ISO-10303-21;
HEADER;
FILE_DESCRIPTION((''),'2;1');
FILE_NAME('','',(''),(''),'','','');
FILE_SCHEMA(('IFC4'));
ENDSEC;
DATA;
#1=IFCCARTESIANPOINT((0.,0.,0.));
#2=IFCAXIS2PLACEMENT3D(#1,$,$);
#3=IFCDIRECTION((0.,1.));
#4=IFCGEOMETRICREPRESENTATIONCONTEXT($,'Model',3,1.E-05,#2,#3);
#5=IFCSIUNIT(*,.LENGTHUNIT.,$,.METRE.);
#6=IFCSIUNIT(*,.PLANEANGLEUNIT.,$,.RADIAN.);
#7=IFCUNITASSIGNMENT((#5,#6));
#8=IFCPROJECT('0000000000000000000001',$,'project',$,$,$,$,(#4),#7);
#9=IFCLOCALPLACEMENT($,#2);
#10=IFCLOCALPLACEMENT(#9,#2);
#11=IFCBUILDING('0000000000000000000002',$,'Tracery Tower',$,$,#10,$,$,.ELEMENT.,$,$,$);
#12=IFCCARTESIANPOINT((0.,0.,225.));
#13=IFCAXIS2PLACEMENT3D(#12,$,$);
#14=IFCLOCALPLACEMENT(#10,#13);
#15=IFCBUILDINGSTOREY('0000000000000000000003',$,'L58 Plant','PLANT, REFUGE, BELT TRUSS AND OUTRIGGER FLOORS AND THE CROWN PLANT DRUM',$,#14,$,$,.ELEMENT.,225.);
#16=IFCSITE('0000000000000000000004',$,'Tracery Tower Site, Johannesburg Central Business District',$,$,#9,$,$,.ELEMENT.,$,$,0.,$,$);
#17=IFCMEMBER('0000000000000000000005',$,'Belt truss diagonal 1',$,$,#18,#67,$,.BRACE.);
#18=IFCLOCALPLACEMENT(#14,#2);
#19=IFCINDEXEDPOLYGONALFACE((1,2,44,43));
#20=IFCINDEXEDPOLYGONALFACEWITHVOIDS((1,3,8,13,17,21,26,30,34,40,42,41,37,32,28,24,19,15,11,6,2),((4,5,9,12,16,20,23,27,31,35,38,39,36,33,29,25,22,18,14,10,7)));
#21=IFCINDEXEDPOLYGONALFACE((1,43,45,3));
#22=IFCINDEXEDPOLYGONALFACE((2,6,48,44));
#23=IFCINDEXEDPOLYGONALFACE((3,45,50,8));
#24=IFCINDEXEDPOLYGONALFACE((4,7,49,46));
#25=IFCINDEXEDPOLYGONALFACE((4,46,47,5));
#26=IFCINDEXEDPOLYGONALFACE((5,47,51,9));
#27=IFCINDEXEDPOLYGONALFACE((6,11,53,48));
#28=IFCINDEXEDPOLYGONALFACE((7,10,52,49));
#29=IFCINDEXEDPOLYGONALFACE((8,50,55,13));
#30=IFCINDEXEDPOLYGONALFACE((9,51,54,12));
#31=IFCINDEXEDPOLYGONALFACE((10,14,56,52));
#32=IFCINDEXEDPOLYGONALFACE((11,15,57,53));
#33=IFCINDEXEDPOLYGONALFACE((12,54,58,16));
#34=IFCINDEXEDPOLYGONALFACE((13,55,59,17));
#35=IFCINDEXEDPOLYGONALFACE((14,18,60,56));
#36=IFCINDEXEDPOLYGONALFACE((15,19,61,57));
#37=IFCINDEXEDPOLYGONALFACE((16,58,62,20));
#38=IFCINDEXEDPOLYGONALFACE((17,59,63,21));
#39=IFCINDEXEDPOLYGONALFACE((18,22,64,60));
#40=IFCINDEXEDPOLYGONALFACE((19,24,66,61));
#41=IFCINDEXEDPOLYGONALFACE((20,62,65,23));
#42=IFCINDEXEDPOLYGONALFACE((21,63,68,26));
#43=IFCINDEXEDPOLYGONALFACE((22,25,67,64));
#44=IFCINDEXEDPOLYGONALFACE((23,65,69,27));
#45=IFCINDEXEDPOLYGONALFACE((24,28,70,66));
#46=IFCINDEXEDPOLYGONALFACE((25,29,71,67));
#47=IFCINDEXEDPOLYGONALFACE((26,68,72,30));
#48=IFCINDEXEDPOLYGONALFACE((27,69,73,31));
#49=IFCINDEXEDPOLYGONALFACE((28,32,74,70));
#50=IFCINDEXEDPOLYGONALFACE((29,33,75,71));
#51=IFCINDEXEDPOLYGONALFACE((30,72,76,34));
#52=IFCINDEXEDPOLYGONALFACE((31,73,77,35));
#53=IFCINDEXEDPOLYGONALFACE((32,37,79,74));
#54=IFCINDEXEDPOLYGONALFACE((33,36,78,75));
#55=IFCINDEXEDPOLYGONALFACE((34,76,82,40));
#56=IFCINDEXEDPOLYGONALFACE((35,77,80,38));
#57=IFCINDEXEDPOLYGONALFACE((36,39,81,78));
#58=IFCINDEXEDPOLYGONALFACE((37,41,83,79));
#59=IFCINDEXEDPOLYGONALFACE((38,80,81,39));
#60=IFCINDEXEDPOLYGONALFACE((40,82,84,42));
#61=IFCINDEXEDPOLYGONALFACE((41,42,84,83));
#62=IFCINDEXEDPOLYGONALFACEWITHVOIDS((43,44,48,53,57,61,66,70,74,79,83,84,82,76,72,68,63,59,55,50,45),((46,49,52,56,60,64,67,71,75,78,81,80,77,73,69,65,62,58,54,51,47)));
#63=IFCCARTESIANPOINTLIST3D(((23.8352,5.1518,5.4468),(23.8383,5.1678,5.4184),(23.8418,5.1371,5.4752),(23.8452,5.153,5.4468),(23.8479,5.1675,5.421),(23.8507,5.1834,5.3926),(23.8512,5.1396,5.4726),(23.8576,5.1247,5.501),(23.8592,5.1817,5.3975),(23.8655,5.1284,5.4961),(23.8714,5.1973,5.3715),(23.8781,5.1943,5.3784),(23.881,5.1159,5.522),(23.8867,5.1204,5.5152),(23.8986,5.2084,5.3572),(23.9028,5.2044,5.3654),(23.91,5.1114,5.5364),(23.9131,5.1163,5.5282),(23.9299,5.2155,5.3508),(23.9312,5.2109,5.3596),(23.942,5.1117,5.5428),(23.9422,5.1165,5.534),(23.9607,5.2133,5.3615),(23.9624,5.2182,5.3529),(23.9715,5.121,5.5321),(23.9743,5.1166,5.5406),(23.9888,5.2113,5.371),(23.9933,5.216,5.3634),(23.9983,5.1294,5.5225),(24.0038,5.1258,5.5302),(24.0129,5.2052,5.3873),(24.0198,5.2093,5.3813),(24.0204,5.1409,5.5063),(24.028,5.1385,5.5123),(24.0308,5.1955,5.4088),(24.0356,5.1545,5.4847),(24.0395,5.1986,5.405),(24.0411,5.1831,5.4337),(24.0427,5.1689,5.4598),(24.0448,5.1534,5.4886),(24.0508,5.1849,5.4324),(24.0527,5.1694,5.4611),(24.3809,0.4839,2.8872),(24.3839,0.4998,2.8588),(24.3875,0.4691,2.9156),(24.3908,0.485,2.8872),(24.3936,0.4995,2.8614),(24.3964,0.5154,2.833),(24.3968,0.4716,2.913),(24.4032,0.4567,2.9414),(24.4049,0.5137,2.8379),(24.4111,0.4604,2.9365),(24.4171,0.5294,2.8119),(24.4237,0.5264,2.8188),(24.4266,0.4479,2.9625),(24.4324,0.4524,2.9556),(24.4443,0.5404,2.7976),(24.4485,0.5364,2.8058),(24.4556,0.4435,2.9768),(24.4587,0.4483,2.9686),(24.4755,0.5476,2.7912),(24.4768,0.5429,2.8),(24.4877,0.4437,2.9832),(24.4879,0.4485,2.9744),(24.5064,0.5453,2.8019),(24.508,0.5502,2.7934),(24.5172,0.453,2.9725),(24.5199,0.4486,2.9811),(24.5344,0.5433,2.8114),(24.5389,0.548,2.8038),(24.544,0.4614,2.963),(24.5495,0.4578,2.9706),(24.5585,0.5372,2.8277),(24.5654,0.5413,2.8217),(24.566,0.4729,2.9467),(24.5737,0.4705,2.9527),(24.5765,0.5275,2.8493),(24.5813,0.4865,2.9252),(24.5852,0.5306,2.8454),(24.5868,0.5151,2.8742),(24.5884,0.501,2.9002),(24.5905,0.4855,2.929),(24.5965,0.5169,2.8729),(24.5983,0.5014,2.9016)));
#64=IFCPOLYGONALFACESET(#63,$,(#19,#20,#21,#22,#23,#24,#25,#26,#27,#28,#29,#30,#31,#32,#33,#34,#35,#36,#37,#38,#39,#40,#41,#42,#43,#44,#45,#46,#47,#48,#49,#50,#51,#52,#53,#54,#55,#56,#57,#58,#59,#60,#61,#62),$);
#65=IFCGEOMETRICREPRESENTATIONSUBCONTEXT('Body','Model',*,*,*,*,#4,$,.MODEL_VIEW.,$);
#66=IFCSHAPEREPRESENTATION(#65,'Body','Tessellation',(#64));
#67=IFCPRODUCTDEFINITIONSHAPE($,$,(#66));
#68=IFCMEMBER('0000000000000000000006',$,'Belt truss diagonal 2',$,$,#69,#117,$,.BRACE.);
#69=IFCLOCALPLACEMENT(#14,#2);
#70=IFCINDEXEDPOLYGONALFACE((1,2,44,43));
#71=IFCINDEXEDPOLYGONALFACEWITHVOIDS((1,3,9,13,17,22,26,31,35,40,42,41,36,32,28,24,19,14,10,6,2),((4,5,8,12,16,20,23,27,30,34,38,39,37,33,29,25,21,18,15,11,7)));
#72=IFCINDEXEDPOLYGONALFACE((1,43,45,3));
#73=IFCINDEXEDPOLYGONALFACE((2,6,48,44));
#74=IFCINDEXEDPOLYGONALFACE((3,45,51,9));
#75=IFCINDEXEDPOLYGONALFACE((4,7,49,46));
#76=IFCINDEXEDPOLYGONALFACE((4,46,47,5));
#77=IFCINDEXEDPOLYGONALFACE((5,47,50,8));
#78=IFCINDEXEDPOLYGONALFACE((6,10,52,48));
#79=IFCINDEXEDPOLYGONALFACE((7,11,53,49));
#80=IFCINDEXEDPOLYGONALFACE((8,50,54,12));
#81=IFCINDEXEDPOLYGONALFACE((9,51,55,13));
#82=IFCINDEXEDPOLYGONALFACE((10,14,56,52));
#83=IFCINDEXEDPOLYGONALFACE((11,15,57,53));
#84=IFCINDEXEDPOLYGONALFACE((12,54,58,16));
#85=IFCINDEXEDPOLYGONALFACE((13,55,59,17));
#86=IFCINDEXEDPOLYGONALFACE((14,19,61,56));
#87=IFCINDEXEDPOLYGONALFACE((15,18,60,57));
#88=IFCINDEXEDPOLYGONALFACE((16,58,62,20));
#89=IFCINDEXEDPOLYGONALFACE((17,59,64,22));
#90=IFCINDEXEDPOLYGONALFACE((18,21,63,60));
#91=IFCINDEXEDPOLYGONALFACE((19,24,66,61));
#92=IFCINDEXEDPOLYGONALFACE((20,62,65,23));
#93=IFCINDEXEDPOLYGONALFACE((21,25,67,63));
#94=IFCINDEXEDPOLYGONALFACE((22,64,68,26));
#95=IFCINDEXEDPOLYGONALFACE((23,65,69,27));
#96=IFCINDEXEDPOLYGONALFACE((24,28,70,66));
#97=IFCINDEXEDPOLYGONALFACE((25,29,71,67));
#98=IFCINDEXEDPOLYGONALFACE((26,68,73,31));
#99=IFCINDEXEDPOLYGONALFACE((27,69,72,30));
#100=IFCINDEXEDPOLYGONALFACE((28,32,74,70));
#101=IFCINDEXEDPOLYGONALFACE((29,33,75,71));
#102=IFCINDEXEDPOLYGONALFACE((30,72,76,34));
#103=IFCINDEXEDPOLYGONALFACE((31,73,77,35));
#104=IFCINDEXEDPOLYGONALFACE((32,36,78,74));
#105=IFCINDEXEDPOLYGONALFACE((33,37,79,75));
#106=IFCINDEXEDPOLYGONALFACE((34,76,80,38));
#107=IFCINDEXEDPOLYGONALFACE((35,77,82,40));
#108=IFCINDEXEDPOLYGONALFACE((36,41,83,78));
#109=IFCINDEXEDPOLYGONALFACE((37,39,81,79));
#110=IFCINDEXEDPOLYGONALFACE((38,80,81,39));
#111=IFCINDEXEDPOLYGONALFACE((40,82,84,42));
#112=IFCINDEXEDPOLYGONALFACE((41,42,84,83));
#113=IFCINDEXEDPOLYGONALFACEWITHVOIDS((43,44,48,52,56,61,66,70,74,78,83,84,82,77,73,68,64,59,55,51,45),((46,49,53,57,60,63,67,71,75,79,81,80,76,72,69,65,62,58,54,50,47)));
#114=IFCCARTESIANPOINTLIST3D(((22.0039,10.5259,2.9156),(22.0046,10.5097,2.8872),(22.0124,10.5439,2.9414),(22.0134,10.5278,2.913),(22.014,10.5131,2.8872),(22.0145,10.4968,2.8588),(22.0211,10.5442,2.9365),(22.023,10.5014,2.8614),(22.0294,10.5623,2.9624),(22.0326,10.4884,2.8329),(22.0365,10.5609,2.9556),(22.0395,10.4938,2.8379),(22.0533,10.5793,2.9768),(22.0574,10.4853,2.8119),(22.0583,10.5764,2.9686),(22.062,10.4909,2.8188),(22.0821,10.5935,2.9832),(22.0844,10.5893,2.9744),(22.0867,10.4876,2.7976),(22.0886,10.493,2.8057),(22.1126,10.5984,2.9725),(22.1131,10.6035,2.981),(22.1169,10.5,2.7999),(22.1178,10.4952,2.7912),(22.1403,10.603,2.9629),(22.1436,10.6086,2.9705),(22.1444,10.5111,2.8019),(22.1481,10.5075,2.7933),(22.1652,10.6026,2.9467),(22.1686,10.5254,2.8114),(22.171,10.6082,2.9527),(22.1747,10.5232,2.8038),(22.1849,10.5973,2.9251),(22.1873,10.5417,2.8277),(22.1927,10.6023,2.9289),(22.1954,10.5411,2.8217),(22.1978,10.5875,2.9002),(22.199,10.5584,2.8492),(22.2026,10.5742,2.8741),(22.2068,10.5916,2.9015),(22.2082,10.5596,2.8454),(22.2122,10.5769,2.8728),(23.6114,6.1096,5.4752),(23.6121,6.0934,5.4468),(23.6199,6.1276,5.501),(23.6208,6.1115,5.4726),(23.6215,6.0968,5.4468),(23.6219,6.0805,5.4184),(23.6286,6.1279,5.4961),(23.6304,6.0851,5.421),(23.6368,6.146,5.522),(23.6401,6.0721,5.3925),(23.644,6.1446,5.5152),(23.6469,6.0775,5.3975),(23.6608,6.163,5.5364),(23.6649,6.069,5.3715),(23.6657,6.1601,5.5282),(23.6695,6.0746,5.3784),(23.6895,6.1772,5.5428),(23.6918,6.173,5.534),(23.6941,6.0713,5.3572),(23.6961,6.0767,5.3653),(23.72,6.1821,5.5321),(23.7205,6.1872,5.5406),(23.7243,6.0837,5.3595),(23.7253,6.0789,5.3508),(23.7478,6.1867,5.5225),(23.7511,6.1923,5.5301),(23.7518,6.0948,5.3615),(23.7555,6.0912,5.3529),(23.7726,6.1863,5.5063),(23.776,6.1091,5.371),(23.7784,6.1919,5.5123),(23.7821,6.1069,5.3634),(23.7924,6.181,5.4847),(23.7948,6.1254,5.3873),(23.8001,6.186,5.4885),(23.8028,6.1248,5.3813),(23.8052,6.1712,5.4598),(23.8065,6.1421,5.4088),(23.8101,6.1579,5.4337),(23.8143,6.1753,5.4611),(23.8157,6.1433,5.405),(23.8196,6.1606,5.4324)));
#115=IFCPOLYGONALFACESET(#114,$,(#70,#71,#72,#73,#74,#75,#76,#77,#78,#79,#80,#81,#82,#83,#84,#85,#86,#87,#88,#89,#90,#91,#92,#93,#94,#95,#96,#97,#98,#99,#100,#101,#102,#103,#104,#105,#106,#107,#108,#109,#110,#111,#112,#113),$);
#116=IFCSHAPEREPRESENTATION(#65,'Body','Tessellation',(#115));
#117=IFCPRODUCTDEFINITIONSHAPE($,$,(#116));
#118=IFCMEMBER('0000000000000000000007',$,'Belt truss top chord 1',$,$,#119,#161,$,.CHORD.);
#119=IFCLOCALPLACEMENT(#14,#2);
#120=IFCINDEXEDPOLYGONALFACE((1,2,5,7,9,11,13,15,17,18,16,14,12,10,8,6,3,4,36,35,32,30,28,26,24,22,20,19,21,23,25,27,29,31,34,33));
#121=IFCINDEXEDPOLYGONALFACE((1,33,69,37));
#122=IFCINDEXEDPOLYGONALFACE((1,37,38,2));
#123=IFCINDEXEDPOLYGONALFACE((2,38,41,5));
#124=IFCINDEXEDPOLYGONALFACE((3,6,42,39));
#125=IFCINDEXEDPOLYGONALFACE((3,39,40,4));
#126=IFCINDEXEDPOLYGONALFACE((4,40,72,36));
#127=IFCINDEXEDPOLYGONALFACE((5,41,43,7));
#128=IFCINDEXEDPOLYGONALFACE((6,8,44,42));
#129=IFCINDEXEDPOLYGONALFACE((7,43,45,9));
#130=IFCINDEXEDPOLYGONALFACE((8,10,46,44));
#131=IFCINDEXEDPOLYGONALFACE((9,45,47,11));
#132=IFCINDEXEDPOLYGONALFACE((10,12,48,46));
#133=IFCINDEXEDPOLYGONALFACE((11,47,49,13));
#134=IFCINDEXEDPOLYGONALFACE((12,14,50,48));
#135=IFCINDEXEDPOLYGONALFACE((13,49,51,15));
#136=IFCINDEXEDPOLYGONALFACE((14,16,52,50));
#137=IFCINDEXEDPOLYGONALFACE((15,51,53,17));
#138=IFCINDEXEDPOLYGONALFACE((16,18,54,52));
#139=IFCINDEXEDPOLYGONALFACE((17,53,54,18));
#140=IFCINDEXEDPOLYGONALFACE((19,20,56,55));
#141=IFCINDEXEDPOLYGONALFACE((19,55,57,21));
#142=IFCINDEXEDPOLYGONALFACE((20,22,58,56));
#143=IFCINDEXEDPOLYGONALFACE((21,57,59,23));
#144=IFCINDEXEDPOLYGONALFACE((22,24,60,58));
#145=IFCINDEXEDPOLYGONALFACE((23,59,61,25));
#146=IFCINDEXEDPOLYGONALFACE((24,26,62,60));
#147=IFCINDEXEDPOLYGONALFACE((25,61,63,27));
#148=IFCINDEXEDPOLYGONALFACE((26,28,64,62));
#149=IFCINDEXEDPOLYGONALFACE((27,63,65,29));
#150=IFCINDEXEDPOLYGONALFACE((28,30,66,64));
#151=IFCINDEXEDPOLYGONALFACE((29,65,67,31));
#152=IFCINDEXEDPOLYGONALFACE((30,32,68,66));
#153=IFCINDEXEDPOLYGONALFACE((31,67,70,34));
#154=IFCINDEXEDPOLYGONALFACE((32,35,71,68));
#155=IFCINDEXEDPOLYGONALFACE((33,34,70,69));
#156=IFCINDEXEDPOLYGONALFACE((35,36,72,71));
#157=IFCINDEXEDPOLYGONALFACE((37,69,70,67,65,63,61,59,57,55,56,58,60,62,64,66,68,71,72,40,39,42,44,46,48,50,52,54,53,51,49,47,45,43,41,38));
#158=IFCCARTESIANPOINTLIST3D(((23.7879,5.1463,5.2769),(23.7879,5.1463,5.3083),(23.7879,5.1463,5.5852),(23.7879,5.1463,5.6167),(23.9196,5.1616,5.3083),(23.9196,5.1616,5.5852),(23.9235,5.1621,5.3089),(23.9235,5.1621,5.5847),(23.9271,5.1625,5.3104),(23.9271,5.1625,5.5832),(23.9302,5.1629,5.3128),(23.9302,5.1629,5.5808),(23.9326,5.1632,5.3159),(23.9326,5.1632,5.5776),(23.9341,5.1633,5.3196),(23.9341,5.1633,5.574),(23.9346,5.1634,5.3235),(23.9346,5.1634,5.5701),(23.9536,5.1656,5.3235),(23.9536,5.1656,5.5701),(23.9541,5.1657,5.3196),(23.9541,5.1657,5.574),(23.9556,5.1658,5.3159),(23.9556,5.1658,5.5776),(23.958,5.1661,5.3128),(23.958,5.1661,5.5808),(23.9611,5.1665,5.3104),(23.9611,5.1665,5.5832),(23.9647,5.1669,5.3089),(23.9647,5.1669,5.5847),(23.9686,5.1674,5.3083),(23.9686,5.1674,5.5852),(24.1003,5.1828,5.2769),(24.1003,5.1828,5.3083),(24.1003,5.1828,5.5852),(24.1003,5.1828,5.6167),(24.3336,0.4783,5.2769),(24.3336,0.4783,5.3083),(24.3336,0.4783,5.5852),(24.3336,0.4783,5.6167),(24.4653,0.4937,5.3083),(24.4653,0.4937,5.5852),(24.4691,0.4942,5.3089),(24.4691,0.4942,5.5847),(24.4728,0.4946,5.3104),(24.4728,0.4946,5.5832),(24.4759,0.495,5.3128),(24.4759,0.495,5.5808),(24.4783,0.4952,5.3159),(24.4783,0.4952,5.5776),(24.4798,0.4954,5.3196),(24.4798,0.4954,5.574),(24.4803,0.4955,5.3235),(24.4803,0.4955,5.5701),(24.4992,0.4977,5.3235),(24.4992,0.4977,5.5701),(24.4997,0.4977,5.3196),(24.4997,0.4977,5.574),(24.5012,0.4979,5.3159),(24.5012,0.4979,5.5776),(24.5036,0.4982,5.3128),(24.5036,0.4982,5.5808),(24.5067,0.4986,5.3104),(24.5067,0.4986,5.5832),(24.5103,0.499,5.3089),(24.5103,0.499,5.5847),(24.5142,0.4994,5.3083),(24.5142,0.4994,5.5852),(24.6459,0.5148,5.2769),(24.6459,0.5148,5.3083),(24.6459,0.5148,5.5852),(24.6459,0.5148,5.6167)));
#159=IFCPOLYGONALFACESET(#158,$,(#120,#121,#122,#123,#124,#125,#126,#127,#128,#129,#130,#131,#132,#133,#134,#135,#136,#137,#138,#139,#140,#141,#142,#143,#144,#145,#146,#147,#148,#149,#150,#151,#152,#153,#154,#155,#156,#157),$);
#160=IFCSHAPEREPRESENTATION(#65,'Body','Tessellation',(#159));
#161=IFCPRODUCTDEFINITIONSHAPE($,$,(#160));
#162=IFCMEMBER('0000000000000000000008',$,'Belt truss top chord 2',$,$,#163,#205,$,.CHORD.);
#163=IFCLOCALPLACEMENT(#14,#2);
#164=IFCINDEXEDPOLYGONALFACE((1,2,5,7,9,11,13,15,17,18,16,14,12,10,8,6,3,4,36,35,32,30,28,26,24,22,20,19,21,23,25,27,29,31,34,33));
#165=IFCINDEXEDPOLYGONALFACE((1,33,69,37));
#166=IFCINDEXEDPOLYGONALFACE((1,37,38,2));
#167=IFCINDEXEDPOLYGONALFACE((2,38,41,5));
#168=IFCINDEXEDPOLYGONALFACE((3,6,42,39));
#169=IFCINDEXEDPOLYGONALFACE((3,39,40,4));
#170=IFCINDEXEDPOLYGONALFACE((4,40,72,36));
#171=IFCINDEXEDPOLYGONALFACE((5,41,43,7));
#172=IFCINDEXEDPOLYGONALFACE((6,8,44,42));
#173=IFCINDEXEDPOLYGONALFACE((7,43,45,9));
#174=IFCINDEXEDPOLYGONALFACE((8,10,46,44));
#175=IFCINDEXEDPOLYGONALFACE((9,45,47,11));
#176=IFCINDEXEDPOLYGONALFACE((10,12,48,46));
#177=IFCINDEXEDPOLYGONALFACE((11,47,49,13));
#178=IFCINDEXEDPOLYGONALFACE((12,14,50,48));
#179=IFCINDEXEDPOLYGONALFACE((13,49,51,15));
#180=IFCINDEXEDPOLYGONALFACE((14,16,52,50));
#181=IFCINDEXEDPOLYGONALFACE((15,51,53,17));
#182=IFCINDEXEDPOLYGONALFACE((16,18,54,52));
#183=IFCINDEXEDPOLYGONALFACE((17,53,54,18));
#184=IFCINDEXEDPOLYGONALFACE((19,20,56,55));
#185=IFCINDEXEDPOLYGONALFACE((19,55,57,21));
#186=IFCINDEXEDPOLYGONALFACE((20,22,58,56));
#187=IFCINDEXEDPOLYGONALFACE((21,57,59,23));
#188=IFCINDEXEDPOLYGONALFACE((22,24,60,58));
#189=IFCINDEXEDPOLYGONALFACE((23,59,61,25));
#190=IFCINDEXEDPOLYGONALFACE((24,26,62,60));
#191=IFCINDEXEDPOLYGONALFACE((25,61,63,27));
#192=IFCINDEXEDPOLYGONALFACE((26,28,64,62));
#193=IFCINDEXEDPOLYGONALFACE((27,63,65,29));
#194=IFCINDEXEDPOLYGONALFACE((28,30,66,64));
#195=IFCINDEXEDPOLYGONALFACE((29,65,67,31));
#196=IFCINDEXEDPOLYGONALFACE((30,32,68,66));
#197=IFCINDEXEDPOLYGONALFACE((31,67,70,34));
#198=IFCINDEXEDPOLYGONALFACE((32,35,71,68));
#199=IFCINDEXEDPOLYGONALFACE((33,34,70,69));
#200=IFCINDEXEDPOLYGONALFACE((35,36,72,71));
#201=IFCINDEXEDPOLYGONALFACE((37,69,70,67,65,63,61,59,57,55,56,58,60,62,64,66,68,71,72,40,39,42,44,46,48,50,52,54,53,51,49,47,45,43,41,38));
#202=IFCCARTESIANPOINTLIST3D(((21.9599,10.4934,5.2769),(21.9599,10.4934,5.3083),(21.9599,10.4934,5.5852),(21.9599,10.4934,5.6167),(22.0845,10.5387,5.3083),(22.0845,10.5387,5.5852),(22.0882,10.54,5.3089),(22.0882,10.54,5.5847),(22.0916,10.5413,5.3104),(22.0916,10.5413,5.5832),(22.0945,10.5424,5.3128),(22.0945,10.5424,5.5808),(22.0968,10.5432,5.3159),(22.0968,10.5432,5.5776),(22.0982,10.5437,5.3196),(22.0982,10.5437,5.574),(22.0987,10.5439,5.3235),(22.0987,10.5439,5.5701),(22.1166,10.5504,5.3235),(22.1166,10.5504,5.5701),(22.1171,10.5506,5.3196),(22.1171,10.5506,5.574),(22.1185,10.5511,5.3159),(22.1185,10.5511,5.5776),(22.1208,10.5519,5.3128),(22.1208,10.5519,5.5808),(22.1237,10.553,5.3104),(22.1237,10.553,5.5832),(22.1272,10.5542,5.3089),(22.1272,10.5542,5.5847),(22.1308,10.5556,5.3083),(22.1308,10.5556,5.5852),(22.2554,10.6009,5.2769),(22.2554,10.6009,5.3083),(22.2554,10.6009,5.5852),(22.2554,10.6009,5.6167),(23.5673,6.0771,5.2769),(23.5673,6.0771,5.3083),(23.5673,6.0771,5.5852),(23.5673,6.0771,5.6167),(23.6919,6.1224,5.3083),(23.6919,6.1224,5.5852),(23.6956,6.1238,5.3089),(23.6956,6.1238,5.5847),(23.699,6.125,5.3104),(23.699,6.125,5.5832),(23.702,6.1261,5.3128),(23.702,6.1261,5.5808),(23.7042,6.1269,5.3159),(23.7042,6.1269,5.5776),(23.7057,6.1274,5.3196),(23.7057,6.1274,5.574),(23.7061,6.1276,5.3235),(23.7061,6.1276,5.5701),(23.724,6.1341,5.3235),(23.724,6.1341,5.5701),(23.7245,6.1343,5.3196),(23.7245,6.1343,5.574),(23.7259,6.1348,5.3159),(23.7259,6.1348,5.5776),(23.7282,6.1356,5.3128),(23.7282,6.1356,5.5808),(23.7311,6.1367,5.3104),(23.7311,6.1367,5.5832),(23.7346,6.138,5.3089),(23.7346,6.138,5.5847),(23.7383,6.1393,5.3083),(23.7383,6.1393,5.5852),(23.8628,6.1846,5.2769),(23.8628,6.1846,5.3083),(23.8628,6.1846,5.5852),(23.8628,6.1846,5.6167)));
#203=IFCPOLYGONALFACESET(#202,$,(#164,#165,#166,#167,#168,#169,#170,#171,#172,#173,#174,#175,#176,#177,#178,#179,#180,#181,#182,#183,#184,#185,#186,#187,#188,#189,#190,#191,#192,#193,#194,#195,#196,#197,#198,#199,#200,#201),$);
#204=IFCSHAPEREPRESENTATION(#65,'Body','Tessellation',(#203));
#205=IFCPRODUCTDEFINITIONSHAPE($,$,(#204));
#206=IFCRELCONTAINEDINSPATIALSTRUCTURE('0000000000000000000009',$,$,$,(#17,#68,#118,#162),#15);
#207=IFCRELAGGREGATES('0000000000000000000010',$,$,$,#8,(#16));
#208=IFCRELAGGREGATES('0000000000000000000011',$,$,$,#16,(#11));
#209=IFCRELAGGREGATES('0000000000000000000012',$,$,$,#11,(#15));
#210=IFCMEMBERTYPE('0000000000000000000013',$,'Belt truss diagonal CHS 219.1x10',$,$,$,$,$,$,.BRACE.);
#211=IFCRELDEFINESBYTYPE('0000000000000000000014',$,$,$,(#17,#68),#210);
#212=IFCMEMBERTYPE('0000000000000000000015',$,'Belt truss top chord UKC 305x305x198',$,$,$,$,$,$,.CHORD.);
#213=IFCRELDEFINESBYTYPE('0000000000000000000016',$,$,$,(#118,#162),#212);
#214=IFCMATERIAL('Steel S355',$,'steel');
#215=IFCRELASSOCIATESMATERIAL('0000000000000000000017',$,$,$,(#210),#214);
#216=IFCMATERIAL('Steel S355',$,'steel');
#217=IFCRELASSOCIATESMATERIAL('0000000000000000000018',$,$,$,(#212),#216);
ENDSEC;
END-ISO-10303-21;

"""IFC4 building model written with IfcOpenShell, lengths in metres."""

from ifc_helpers import new_model, si_unit, direction, frame, origin, origin_2d, place, context, subcontext, project, spatial, hollow_circle, i_section, extrude, material, material_profile, profile_set, type_object, element, save


model = new_model("IFC4")

# Units and contexts
model_context = context("Model", 3, precision=1e-05, world=origin(), true_north=direction((0.0, 1.0)))
body_context = subcontext(model_context, "Body", "Model", "MODEL_VIEW")
ifc_project = project(units=[si_unit("LENGTHUNIT", "METRE"), si_unit("PLANEANGLEUNIT", "RADIAN")], contexts=[model_context])

# Site, building, storey
site_placement = place(None, origin())
site = spatial("IfcSite", under=ifc_project, at=site_placement, Name="Tracery Tower Site, Johannesburg Central Business District", CompositionType="ELEMENT", RefElevation=0.0)
building_placement = place(site_placement, origin())
building = spatial("IfcBuilding", under=site, at=building_placement, Name="Tracery Tower", CompositionType="ELEMENT")
storey_placement = place(building_placement, frame((0.0, 0.0, 225.0)))
storey = spatial("IfcBuildingStorey", under=building, at=storey_placement, Name="L58 Plant", Description="PLANT, REFUGE, BELT TRUSS AND OUTRIGGER FLOORS AND THE CROWN PLANT DRUM", CompositionType="ELEMENT", Elevation=225.0)

# Members
ifc_material_1 = material(Name="Steel S355", Category="steel")
ifc_material_profile_1 = material_profile(ifc_material_1, hollow_circle(Radius=0.1096, WallThickness=0.01, at=origin_2d()), Name="CHS 219.1x10")
ifc_profile_set_1 = profile_set([ifc_material_profile_1], Name="Steel S355")
member_type_1 = type_object("IfcMemberType", Name="Belt truss diagonal CHS 219.1x10", PredefinedType="BRACE", material=ifc_profile_set_1)
for number, where, z_axis, x_axis, name in (
    (1, (24.4897, 0.4966, 2.8872), (-0.101962, 0.872265, 0.478286), (-0.993237, -0.116103, 0.0), "Belt truss diagonal 1"),
    (2, (23.7151, 6.1309, 5.4468), (-0.300368, 0.825238, -0.47829), (-0.93969, -0.342027, 0.0), "Belt truss diagonal 2"),
):
    element("IfcMember", number, at=place(storey_placement, frame(where, z_axis=z_axis, x_axis=x_axis)), inside=storey, type_object=member_type_1, Name=name, PredefinedType="BRACE", context=body_context, shape_type="SweptSolid", body=[
        extrude(hollow_circle(Radius=0.1096, WallThickness=0.01, at=origin_2d()), origin(), (0.0, 0.0, 1.0), 5.3516),
    ])
ifc_material_2 = material(Name="Steel S355", Category="steel")
ifc_material_profile_2 = material_profile(ifc_material_2, i_section(OverallWidth=0.3145, OverallDepth=0.3398, WebThickness=0.019, FlangeThickness=0.0315, FilletRadius=0.0151, at=origin_2d()), Name="UKC 305x305x198")
ifc_profile_set_2 = profile_set([ifc_material_profile_2], Name="Steel S355")
member_type_2 = type_object("IfcMemberType", Name="Belt truss top chord UKC 305x305x198", PredefinedType="CHORD", material=ifc_profile_set_2)
for number, where, z_axis, x_axis, name in (
    (3, (24.4897, 0.4966, 5.4468), (-0.116103, 0.993237, 0.0), (-0.993237, -0.116103, 0.0), "Belt truss top chord 1"),
    (4, (23.7151, 6.1309, 5.4468), (-0.342027, 0.93969, 0.0), (-0.93969, -0.342027, 0.0), "Belt truss top chord 2"),
):
    element("IfcMember", number, at=place(storey_placement, frame(where, z_axis=z_axis, x_axis=x_axis)), inside=storey, type_object=member_type_2, Name=name, PredefinedType="CHORD", context=body_context, shape_type="SweptSolid", body=[
        extrude(i_section(OverallWidth=0.3145, OverallDepth=0.3398, WebThickness=0.019, FlangeThickness=0.0315, FilletRadius=0.0151, at=origin_2d()), origin(), (0.0, 0.0, 1.0), 4.6997),
    ])

save(model, "model.ifc")
